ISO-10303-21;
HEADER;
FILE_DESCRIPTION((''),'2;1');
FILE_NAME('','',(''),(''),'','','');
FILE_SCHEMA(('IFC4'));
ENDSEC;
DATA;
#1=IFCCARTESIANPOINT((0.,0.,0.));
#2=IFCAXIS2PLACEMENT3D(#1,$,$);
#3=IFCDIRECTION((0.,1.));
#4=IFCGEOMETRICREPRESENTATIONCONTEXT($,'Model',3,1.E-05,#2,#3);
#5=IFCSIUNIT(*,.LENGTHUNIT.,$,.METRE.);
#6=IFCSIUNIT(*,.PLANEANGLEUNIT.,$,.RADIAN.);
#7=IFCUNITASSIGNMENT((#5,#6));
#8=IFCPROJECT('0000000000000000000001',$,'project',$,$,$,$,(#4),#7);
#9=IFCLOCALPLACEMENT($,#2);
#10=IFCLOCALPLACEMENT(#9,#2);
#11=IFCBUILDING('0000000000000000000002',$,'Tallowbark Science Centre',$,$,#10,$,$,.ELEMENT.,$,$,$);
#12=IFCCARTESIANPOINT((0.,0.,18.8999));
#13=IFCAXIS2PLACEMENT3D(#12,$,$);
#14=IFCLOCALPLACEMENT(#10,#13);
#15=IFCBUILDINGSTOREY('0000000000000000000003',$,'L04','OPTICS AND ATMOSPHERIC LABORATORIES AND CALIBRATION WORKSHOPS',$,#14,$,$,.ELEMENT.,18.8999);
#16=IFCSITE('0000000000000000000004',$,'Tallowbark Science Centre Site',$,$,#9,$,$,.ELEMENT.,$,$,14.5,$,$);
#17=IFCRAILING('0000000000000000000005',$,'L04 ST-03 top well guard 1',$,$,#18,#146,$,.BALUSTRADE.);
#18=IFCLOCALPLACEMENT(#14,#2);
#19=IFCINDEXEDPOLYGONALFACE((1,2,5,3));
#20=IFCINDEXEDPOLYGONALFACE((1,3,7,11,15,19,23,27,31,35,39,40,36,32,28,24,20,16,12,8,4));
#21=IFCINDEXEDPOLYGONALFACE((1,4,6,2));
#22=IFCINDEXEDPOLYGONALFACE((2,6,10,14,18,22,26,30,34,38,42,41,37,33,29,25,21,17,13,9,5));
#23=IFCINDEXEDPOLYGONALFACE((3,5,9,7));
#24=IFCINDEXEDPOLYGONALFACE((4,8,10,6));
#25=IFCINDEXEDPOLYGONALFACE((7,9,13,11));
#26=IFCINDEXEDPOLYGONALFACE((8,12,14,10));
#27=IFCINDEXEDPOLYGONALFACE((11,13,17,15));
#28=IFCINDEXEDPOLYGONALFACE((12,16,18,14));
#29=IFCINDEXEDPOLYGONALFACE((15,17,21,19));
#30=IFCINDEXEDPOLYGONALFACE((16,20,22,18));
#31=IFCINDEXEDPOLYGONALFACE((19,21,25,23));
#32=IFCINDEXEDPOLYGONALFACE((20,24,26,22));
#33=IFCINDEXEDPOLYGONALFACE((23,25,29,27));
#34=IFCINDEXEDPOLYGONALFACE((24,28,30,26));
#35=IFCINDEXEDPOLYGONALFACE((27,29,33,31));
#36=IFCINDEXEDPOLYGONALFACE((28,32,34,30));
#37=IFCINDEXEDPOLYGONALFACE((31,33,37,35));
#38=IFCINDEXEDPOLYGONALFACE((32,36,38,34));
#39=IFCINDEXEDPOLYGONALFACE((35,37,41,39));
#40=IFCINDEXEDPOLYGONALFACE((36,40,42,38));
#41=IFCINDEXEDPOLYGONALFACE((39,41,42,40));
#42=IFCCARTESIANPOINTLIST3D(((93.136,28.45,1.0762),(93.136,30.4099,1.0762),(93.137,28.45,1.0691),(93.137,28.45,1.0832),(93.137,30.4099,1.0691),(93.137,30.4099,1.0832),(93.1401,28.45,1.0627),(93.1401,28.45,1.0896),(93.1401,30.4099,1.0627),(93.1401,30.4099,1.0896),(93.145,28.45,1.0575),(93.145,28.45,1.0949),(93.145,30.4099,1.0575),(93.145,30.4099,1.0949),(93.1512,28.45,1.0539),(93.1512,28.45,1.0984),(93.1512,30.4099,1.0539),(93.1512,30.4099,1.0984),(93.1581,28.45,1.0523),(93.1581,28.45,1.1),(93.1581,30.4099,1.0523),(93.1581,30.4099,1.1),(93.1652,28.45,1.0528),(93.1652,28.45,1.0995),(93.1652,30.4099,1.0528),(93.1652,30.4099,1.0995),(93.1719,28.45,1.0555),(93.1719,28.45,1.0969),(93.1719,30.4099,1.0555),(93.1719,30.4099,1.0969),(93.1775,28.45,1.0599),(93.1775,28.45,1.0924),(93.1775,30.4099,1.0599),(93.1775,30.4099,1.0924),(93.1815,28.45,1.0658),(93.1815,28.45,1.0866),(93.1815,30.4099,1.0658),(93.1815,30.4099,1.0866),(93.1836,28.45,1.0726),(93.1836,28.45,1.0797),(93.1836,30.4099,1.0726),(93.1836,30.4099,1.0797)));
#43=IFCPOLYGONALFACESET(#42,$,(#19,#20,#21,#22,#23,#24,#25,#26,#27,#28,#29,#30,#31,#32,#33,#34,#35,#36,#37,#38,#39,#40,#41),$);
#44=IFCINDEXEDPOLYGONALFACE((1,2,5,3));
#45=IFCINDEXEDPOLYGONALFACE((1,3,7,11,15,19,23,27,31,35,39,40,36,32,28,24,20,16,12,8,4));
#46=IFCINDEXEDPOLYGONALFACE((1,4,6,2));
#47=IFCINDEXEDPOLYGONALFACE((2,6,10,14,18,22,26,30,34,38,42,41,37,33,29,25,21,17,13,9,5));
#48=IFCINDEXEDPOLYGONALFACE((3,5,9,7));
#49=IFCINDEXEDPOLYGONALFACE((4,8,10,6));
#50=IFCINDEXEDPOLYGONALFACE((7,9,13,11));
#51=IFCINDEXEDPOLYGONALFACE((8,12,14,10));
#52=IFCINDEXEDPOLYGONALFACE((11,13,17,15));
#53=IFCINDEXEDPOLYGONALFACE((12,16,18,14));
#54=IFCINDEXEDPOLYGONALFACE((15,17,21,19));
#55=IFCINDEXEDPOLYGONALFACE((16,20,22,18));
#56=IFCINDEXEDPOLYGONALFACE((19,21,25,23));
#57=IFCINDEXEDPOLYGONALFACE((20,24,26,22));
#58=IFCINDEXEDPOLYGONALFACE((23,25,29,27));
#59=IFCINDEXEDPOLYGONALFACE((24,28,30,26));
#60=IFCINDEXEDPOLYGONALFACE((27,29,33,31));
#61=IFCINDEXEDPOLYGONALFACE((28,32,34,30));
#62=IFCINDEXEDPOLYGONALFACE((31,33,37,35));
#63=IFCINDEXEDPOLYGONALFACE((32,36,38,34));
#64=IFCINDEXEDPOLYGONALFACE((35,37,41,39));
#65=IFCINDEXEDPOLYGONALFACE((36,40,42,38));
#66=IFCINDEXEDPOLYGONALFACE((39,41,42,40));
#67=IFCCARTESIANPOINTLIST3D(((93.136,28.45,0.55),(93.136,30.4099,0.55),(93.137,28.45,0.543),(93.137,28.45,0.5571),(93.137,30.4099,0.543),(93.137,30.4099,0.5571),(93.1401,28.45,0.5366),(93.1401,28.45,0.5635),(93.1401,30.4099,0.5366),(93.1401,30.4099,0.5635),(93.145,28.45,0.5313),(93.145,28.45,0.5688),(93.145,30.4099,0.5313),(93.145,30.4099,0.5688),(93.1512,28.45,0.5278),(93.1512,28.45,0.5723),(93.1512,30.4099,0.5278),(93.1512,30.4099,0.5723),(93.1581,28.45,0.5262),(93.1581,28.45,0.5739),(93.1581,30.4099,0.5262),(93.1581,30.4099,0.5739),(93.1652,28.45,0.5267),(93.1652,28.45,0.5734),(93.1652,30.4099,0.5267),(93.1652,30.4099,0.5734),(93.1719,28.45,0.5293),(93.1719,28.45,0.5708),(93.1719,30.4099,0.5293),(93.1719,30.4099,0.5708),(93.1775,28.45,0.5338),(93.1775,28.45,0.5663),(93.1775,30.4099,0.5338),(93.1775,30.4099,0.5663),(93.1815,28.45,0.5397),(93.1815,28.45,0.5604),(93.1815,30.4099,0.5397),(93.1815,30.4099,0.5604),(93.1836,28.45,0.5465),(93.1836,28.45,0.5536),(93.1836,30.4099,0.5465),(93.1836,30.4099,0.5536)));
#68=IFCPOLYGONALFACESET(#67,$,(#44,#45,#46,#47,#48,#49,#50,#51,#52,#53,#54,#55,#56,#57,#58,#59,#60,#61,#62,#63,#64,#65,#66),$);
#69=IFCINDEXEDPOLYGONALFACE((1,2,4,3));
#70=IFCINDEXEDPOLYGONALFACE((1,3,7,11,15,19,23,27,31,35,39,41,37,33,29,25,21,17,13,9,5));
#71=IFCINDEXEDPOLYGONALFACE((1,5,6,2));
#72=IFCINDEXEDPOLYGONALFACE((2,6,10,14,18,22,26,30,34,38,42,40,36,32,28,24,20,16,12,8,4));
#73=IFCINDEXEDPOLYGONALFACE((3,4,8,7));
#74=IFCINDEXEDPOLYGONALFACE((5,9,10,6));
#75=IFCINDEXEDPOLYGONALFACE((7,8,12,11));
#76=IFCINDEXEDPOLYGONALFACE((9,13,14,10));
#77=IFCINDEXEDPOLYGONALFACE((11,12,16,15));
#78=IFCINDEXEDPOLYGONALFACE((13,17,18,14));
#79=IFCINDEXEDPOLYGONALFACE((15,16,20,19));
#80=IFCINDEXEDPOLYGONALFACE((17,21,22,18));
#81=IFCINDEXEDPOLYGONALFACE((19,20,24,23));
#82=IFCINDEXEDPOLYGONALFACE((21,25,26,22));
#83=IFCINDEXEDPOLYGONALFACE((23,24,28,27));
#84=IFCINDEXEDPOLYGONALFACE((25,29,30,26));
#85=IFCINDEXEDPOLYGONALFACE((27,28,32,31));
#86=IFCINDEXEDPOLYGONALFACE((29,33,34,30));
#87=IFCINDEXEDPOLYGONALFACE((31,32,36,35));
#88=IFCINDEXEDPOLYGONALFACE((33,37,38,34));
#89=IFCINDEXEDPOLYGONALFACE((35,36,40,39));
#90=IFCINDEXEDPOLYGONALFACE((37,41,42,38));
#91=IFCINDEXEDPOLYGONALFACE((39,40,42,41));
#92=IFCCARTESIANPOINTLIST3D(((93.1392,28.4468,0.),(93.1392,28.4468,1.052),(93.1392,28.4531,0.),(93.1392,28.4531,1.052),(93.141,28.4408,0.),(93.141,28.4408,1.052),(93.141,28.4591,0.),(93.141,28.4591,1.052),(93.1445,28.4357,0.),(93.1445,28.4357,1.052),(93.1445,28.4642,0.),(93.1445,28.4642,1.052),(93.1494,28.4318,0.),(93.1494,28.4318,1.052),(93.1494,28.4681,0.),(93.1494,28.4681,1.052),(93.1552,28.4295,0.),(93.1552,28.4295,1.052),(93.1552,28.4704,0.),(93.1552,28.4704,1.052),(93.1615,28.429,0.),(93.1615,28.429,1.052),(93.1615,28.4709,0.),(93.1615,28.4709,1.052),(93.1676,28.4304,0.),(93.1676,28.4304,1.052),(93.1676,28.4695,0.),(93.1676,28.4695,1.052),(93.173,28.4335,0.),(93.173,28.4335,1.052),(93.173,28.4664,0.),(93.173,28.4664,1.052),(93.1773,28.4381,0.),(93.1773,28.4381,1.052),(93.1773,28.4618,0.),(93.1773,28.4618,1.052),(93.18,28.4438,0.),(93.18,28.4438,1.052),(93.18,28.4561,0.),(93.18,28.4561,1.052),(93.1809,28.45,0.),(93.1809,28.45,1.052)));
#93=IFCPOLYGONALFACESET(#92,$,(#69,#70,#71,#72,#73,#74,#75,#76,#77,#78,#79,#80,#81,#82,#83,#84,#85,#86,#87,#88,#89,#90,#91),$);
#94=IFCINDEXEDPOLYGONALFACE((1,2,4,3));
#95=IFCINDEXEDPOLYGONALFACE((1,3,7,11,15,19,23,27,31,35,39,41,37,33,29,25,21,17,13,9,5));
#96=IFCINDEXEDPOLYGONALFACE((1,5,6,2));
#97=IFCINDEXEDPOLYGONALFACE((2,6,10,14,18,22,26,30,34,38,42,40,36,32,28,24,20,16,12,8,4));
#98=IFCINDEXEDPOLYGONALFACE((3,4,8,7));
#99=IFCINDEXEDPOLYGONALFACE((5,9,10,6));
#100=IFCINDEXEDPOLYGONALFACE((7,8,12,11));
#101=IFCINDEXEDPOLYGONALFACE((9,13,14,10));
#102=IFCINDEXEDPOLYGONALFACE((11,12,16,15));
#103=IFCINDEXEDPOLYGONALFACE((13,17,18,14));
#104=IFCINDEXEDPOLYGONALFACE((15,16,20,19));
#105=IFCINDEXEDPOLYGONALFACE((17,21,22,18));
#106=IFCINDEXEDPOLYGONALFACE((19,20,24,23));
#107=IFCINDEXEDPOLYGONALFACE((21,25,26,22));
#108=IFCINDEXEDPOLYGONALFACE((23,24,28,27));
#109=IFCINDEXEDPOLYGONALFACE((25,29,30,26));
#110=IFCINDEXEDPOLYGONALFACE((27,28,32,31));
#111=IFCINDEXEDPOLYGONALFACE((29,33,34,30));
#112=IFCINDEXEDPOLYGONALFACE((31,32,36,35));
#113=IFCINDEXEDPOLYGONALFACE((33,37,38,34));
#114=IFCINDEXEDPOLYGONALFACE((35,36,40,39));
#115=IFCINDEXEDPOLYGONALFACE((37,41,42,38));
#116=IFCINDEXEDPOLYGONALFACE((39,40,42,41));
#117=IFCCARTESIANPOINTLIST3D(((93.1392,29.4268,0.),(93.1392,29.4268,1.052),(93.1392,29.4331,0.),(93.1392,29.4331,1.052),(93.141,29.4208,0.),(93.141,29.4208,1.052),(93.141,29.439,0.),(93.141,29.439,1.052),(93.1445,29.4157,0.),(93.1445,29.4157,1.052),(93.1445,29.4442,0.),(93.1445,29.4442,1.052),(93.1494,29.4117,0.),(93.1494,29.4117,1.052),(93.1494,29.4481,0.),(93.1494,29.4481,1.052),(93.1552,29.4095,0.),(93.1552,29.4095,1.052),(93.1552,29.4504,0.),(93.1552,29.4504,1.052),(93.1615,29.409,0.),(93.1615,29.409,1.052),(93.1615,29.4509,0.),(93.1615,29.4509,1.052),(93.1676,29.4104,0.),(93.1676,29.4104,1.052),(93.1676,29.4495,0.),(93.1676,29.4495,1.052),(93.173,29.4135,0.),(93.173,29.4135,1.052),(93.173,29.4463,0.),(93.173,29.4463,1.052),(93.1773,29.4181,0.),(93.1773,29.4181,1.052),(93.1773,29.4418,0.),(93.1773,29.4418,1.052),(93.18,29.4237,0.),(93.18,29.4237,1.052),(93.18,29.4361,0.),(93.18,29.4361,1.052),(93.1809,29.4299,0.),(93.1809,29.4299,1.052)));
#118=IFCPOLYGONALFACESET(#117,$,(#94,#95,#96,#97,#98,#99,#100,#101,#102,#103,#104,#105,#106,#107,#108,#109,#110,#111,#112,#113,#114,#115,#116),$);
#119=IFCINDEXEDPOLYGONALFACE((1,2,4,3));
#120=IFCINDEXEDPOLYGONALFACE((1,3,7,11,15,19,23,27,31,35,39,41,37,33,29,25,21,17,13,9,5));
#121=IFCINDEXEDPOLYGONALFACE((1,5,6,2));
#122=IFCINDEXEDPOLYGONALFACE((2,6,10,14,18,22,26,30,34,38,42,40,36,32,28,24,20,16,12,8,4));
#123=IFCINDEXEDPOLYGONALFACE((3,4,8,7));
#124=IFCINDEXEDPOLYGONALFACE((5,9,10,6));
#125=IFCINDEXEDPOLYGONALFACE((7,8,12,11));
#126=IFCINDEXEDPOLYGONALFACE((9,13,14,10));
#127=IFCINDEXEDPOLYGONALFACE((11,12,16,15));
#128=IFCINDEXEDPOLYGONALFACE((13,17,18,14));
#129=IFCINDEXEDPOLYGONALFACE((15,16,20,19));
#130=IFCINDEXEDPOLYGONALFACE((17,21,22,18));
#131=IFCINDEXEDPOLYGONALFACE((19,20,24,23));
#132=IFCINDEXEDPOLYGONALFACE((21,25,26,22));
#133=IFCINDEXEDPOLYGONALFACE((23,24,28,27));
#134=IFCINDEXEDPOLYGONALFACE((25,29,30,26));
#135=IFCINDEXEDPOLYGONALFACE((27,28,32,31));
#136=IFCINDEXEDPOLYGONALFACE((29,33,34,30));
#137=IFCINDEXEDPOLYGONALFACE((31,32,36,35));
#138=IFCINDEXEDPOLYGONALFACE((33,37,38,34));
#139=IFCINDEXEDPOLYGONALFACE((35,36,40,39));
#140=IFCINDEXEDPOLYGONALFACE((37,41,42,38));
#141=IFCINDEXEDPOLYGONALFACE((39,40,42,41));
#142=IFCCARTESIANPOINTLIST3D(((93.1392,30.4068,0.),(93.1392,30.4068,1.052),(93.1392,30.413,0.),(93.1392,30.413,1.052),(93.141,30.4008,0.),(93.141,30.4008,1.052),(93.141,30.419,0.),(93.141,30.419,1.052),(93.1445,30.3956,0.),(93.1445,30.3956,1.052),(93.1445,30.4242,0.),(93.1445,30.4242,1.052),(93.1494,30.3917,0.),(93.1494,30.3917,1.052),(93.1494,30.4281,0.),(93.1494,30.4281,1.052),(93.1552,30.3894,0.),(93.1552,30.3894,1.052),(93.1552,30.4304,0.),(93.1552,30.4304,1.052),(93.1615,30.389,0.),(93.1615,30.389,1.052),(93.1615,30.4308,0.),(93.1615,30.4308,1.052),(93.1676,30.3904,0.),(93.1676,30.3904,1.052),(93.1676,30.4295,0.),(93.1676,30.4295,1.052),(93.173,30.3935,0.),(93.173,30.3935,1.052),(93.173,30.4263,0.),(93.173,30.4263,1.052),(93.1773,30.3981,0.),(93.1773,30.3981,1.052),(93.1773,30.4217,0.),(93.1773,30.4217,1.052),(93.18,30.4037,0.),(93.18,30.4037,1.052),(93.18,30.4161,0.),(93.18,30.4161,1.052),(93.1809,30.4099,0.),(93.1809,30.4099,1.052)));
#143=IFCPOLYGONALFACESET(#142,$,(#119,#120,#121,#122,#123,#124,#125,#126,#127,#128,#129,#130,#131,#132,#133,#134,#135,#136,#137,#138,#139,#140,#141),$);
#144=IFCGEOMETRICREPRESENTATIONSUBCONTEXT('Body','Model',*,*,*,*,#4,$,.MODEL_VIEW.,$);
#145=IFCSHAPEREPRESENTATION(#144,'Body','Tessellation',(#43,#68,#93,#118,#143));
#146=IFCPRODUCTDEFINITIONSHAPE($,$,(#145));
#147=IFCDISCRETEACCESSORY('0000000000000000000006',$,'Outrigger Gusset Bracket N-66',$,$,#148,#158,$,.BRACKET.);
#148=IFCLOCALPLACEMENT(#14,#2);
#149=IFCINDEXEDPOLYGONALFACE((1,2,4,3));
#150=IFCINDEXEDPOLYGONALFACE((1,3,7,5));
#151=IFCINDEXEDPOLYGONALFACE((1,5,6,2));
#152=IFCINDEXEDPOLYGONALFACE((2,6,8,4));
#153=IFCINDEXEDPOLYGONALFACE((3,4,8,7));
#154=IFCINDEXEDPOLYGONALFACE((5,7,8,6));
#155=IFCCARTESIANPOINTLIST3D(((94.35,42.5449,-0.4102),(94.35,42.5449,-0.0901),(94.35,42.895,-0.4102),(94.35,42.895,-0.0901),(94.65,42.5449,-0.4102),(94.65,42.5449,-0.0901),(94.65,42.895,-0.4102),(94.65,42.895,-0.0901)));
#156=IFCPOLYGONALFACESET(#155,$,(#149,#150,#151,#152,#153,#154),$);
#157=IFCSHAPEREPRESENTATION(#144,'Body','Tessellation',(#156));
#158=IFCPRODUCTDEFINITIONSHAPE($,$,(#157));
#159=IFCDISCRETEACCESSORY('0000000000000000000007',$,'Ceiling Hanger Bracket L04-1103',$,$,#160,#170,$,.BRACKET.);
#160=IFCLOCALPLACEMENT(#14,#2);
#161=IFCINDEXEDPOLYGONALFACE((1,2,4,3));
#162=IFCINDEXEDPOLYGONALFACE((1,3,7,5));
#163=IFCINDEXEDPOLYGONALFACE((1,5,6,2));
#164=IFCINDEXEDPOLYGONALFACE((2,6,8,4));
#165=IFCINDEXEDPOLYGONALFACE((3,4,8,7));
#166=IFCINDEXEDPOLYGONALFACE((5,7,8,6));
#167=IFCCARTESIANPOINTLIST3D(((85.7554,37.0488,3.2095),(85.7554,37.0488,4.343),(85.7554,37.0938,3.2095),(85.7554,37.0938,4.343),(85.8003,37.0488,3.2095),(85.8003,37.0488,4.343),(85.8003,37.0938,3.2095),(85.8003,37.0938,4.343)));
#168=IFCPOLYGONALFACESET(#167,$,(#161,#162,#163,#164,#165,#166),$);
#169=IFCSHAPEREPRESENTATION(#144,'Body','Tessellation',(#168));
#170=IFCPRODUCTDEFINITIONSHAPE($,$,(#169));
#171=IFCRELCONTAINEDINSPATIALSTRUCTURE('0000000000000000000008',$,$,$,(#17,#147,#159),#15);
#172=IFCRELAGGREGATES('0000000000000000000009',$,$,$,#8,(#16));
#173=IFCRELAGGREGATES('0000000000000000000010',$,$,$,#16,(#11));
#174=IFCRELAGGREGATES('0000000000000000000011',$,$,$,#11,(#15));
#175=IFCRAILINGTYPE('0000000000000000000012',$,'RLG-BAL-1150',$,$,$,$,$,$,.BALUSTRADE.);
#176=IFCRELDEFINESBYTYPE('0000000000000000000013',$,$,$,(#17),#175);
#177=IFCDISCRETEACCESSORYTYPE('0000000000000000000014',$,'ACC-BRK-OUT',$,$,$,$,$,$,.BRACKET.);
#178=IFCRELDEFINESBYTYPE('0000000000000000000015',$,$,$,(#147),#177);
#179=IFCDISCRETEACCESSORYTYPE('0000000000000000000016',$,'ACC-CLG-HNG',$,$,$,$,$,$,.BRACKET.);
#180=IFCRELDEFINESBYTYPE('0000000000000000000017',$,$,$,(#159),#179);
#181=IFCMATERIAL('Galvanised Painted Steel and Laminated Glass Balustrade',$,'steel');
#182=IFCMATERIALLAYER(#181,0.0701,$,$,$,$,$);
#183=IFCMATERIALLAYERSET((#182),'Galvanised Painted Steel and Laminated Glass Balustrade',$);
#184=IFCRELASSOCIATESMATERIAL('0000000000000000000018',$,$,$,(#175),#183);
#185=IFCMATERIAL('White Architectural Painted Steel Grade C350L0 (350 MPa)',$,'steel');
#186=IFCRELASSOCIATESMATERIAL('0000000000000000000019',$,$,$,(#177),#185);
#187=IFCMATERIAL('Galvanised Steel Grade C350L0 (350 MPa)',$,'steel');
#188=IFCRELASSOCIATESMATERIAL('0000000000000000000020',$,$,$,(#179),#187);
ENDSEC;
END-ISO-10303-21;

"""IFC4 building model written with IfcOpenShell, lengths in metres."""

from ifc_helpers import new_model, si_unit, direction, frame, origin, origin_2d, place, context, subcontext, project, spatial, rectangle, circle, extrude, material, layer, layer_set, type_object, element, save


model = new_model("IFC4")

# Units and contexts
model_context = context("Model", 3, precision=1e-05, world=origin(), true_north=direction((0.0, 1.0)))
body_context = subcontext(model_context, "Body", "Model", "MODEL_VIEW")
ifc_project = project(units=[si_unit("LENGTHUNIT", "METRE"), si_unit("PLANEANGLEUNIT", "RADIAN")], contexts=[model_context])

# Site, building, storey
site_placement = place(None, origin())
site = spatial("IfcSite", under=ifc_project, at=site_placement, Name="Tallowbark Science Centre Site", CompositionType="ELEMENT", RefElevation=14.5)
building_placement = place(site_placement, origin())
building = spatial("IfcBuilding", under=site, at=building_placement, Name="Tallowbark Science Centre", CompositionType="ELEMENT")
storey_placement = place(building_placement, frame((0.0, 0.0, 18.8999)))
storey = spatial("IfcBuildingStorey", under=building, at=storey_placement, Name="L04", Description="OPTICS AND ATMOSPHERIC LABORATORIES AND CALIBRATION WORKSHOPS", CompositionType="ELEMENT", Elevation=18.8999)

# Shared definitions
ifc_material_1 = material(Name="White Architectural Painted Steel Grade C350L0 (350 MPa)", Category="steel")

# Railing
ifc_material_2 = material(Name="Galvanised Painted Steel and Laminated Glass Balustrade", Category="steel")
ifc_layer_1 = layer(ifc_material_2, 0.0701)
ifc_layer_set_1 = layer_set([ifc_layer_1], Name="Galvanised Painted Steel and Laminated Glass Balustrade")
railing_type = type_object("IfcRailingType", Name="RLG-BAL-1150", PredefinedType="BALUSTRADE", material=ifc_layer_set_1)
railing_placement = place(storey_placement, frame((93.1599, 28.45, 0.0)))
element("IfcRailing", 1, at=railing_placement, inside=storey, type_object=railing_type, Name="L04 ST-03 top well guard 1", PredefinedType="BALUSTRADE", context=body_context, shape_type="SweptSolid", body=[
    extrude(circle(Radius=0.0239, at=origin_2d()), frame((0.0, 0.0, 1.0762), z_axis=(0.0, 1.0, 0.0), x_axis=(-1.0, 0.0, 0.0)), (0.0, 0.0, 1.0), 1.96),
    extrude(circle(Radius=0.0239, at=origin_2d()), frame((0.0, 0.0, 0.55), z_axis=(0.0, 1.0, 0.0), x_axis=(-1.0, 0.0, 0.0)), (0.0, 0.0, 1.0), 1.96),
    extrude(circle(Radius=0.021, at=origin_2d()), origin(), (0.0, 0.0, 1.0), 1.052),
    extrude(circle(Radius=0.021, at=origin_2d()), frame((0.0, 0.98, 0.0)), (0.0, 0.0, 1.0), 1.052),
    extrude(circle(Radius=0.021, at=origin_2d()), frame((0.0, 1.96, 0.0)), (0.0, 0.0, 1.0), 1.052),
])

# Discrete accessories
discrete_accessory_type_1 = type_object("IfcDiscreteAccessoryType", Name="ACC-BRK-OUT", PredefinedType="BRACKET", material=ifc_material_1)
discrete_accessory_1_placement = place(storey_placement, frame((94.5, 42.72, -0.4102), z_axis=(0.0, 0.0, 1.0), x_axis=(1.0, 0.0, 0.0)))
element("IfcDiscreteAccessory", 2, at=discrete_accessory_1_placement, inside=storey, type_object=discrete_accessory_type_1, Name="Outrigger Gusset Bracket N-66", PredefinedType="BRACKET", context=body_context, shape_type="SweptSolid", body=[
    extrude(rectangle(XDim=0.3, YDim=0.3501, at=origin_2d()), origin(), (0.0, 0.0, 1.0), 0.3201),
])
ifc_material_3 = material(Name="Galvanised Steel Grade C350L0 (350 MPa)", Category="steel")
discrete_accessory_type_2 = type_object("IfcDiscreteAccessoryType", Name="ACC-CLG-HNG", PredefinedType="BRACKET", material=ifc_material_3)
discrete_accessory_2_placement = place(storey_placement, frame((85.7778, 37.0713, 3.2095), z_axis=(0.0, 0.0, 1.0), x_axis=(1.0, 0.0, 0.0)))
element("IfcDiscreteAccessory", 3, at=discrete_accessory_2_placement, inside=storey, type_object=discrete_accessory_type_2, Name="Ceiling Hanger Bracket L04-1103", PredefinedType="BRACKET", context=body_context, shape_type="SweptSolid", body=[
    extrude(rectangle(XDim=0.0449, YDim=0.0449, at=origin_2d()), origin(), (0.0, 0.0, 1.0), 1.1335),
])

save(model, "model.ifc")
